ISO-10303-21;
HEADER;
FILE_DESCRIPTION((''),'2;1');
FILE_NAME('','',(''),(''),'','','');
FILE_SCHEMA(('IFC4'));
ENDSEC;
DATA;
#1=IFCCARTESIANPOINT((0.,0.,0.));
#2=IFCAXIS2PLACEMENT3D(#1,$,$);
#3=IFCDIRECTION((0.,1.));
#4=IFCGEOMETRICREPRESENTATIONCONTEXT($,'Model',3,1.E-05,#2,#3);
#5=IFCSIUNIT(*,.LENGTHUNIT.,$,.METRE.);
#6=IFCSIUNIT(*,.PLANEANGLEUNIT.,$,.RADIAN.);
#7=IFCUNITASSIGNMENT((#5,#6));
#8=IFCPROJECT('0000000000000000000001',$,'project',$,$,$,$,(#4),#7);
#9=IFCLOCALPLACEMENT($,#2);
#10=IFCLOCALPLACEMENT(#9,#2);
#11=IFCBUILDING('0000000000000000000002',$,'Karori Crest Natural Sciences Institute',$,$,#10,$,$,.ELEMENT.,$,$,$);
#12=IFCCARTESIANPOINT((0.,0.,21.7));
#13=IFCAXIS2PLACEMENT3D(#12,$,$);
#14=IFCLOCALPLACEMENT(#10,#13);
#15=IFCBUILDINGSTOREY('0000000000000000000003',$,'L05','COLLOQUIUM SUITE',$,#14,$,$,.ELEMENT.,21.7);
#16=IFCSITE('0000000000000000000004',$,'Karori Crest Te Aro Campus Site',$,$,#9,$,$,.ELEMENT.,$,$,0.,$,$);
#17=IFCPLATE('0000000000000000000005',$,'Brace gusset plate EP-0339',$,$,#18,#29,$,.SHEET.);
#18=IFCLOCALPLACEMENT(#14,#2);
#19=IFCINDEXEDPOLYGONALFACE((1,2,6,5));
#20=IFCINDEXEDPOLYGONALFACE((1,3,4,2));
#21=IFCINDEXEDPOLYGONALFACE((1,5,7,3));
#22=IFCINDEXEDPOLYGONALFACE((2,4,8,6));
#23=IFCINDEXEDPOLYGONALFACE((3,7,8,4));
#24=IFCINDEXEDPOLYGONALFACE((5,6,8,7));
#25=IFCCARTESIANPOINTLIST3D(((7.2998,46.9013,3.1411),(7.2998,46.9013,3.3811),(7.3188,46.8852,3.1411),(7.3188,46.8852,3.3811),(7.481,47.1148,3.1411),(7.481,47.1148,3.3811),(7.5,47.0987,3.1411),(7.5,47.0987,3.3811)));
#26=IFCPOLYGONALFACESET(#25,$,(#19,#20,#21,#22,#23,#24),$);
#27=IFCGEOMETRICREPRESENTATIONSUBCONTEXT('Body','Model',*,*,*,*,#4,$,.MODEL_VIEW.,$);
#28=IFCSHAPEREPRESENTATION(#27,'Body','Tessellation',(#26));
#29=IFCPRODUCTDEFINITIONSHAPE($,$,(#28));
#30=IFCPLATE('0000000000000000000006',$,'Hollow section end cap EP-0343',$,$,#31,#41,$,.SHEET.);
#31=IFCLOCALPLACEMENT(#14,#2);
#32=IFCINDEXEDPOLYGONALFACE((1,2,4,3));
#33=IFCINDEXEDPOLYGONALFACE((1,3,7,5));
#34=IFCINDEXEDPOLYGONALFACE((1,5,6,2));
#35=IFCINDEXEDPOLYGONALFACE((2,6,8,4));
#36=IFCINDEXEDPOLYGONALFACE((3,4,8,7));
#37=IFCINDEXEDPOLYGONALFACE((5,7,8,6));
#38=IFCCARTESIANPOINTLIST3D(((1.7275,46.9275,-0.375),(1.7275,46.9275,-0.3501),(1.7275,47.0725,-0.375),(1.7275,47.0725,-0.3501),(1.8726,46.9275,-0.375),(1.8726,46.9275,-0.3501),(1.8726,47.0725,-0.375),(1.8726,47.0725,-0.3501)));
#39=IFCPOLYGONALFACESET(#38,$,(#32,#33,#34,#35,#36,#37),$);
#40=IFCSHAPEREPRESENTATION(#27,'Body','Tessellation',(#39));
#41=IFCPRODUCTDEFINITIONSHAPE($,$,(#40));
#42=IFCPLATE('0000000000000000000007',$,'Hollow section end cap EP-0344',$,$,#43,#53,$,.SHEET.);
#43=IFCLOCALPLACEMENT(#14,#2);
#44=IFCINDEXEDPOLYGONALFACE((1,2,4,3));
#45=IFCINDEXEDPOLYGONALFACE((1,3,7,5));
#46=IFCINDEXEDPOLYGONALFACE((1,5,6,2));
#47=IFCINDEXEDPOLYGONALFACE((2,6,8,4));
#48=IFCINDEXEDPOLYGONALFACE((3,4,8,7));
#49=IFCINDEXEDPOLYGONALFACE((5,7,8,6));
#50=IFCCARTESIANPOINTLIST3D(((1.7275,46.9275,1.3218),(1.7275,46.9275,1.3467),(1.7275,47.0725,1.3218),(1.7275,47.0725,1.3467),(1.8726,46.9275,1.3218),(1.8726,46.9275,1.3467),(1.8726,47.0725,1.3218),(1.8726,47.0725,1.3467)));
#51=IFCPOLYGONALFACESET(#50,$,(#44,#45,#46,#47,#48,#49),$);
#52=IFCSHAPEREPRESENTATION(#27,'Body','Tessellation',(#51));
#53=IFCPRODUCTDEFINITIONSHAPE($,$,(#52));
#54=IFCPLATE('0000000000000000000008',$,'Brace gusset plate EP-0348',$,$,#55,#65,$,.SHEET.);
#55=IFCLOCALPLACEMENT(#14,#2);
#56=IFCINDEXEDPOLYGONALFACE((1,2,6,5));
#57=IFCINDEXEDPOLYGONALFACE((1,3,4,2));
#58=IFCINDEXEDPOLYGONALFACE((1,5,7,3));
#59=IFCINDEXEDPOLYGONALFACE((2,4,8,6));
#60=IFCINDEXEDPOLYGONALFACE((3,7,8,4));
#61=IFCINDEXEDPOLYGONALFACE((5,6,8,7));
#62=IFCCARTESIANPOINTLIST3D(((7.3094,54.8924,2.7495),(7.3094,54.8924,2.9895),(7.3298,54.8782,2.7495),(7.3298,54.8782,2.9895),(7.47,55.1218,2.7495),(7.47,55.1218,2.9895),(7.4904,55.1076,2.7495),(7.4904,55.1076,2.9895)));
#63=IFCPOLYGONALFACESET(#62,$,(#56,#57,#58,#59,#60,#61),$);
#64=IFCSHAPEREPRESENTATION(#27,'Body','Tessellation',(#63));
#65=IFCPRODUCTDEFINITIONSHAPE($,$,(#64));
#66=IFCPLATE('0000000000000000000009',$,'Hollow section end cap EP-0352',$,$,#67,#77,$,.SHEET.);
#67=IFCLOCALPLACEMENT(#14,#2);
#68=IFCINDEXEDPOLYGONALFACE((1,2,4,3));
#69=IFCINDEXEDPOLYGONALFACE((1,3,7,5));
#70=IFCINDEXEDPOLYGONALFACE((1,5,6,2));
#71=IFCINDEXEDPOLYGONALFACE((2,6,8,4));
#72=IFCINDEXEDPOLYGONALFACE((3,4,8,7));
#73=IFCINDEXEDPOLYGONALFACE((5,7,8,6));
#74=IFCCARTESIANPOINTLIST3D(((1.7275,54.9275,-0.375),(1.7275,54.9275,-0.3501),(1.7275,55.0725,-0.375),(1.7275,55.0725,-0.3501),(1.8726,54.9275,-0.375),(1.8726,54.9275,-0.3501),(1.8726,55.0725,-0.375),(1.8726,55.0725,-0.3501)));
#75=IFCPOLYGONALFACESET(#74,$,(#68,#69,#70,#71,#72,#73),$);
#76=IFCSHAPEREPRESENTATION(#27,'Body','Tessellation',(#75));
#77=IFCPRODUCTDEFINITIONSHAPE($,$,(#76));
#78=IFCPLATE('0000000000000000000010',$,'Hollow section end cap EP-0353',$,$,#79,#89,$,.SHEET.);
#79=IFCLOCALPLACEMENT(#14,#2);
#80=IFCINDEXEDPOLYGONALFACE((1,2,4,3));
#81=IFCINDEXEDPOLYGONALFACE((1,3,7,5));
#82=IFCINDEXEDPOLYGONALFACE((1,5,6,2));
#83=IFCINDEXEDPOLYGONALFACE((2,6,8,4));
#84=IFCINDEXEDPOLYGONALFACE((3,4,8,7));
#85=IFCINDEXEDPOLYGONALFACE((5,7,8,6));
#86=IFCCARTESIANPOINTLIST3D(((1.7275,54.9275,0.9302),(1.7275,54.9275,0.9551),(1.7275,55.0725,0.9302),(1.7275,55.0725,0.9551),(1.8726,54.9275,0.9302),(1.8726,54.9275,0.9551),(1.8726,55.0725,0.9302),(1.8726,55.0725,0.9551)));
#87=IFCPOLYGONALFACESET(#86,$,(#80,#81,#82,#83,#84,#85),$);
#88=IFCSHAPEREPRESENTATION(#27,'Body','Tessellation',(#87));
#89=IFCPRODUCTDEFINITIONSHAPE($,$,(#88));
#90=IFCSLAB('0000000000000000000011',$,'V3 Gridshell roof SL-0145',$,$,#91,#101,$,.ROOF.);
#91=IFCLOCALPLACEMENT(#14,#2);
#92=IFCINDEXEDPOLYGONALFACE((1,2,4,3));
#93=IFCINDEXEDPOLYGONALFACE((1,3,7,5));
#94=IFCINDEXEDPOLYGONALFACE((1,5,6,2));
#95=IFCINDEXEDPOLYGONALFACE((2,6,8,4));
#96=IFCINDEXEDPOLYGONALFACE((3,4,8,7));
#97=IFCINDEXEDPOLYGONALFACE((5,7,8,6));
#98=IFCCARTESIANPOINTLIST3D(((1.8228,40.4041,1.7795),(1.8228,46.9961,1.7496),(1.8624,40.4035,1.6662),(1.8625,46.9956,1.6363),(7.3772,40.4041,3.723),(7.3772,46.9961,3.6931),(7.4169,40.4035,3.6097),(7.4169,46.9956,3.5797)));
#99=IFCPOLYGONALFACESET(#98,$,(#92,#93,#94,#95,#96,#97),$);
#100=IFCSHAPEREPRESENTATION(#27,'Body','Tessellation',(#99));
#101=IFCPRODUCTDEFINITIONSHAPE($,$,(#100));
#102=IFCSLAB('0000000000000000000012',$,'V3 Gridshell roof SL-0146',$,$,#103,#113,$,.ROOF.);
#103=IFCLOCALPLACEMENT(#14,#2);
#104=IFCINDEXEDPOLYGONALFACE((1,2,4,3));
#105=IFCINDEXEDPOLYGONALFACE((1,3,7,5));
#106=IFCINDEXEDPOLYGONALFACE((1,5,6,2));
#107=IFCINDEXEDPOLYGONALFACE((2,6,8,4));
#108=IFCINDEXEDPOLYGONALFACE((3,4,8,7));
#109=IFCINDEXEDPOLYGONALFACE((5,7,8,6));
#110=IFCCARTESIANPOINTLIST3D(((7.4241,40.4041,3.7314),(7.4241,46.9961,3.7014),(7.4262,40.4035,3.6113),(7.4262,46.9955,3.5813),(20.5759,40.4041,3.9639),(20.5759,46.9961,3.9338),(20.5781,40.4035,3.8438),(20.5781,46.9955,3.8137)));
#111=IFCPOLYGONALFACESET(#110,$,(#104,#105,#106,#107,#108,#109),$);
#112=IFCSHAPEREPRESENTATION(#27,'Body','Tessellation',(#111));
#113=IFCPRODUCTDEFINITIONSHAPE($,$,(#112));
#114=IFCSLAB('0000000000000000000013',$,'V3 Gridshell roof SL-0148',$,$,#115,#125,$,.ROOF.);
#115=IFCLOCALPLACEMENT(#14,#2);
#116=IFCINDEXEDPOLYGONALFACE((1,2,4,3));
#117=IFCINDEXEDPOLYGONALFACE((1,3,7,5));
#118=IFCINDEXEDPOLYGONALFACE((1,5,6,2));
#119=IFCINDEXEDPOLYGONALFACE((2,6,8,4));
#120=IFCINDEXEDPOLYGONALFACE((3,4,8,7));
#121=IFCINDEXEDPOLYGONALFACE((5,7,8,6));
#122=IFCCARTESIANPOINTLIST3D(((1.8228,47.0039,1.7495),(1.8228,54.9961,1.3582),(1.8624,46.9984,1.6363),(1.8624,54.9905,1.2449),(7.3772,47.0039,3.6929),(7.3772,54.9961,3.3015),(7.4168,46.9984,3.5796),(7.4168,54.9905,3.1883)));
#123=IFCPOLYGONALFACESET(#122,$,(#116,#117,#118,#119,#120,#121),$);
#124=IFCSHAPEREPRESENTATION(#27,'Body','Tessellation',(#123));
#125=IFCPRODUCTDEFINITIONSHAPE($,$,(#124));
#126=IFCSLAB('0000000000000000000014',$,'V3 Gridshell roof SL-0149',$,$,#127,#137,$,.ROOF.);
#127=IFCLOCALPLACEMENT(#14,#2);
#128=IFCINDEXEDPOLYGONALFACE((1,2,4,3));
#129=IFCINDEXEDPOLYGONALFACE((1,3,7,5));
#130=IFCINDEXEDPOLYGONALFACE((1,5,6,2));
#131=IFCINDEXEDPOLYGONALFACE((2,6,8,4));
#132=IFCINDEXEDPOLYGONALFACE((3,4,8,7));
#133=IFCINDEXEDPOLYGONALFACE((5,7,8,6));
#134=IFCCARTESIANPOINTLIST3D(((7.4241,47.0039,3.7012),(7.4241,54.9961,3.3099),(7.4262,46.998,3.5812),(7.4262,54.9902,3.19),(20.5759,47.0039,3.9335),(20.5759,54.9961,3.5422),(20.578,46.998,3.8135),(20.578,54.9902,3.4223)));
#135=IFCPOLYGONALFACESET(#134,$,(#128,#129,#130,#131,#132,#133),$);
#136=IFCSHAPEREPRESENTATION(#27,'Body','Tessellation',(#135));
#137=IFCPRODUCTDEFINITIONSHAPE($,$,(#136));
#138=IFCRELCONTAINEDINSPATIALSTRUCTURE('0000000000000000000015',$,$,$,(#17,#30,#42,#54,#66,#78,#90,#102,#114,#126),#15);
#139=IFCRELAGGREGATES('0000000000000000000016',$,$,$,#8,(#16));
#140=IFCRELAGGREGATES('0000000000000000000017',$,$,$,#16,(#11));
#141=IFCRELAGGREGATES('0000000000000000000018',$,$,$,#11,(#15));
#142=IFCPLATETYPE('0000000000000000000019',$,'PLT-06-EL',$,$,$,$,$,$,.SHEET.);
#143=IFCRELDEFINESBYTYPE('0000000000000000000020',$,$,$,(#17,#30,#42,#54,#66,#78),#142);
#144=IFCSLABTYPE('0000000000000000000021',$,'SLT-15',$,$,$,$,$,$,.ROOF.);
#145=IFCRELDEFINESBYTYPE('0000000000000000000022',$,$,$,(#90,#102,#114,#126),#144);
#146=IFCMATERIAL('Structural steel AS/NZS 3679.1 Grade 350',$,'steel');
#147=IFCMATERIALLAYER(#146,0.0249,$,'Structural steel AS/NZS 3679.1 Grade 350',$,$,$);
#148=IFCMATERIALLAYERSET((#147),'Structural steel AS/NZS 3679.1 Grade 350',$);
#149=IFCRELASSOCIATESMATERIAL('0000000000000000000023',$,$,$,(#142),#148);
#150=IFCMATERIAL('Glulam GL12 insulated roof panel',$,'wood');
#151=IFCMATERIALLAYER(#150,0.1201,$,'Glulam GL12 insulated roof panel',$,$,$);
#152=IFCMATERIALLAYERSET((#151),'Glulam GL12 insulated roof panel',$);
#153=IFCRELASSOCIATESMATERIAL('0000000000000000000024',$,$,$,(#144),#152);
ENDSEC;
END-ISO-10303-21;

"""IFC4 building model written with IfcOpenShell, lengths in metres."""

from ifc_helpers import new_model, si_unit, direction, frame, origin, origin_2d, place, context, subcontext, project, spatial, polyline, rectangle, outline, extrude, material, layer, layer_set, type_object, element, save


model = new_model("IFC4")

# Units and contexts
model_context = context("Model", 3, precision=1e-05, world=origin(), true_north=direction((0.0, 1.0)))
body_context = subcontext(model_context, "Body", "Model", "MODEL_VIEW")
ifc_project = project(units=[si_unit("LENGTHUNIT", "METRE"), si_unit("PLANEANGLEUNIT", "RADIAN")], contexts=[model_context])

# Site, building, storey
site_placement = place(None, origin())
site = spatial("IfcSite", under=ifc_project, at=site_placement, Name="Karori Crest Te Aro Campus Site", CompositionType="ELEMENT", RefElevation=0.0)
building_placement = place(site_placement, origin())
building = spatial("IfcBuilding", under=site, at=building_placement, Name="Karori Crest Natural Sciences Institute", CompositionType="ELEMENT")
storey_placement = place(building_placement, frame((0.0, 0.0, 21.7)))
storey = spatial("IfcBuildingStorey", under=building, at=storey_placement, Name="L05", Description="COLLOQUIUM SUITE", CompositionType="ELEMENT", Elevation=21.7)

# Plates
ifc_material_1 = material(Name="Structural steel AS/NZS 3679.1 Grade 350", Category="steel")
ifc_layer_1 = layer(ifc_material_1, 0.0249, Name="Structural steel AS/NZS 3679.1 Grade 350")
ifc_layer_set_1 = layer_set([ifc_layer_1], Name="Structural steel AS/NZS 3679.1 Grade 350")
plate_type_1 = type_object("IfcPlateType", Name="PLT-06-EL", PredefinedType="SHEET", material=ifc_layer_set_1)
for number, where, z_axis, x_axis, name in (
    (1, (7.3999, 47.0, 3.1411), (0.0, 0.0, 1.0), (0.646977, 0.762509, 0.0), "Brace gusset plate EP-0339"),
):
    element("IfcPlate", number, at=place(storey_placement, frame(where, z_axis=z_axis, x_axis=x_axis)), inside=storey, type_object=plate_type_1, Name=name, PredefinedType="SHEET", context=body_context, shape_type="SweptSolid", body=[
        extrude(rectangle(XDim=0.28, YDim=0.0249, at=origin_2d()), origin(), (0.0, 0.0, 1.0), 0.24),
    ])
for number, where, z_axis, x_axis, name in (
    (2, (1.8, 47.0, -0.375), (0.0, 0.0, 1.0), (1.0, 0.0, 0.0), "Hollow section end cap EP-0343"),
    (3, (1.8, 47.0, 1.3218), (0.0, 0.0, 1.0), (1.0, 0.0, 0.0), "Hollow section end cap EP-0344"),
):
    element("IfcPlate", number, at=place(storey_placement, frame(where, z_axis=z_axis, x_axis=x_axis)), inside=storey, type_object=plate_type_1, Name=name, PredefinedType="SHEET", context=body_context, shape_type="SweptSolid", body=[
        extrude(rectangle(XDim=0.145, YDim=0.145, at=origin_2d()), origin(), (0.0, 0.0, 1.0), 0.0249),
    ])
plate_1_placement = place(storey_placement, frame((7.3999, 55.0, 2.7495), z_axis=(0.0, 0.0, 1.0), x_axis=(0.573462, 0.819232, 0.0)))
element("IfcPlate", 4, at=plate_1_placement, inside=storey, type_object=plate_type_1, Name="Brace gusset plate EP-0348", PredefinedType="SHEET", context=body_context, shape_type="SweptSolid", body=[
    extrude(rectangle(XDim=0.28, YDim=0.0249, at=origin_2d()), origin(), (0.0, 0.0, 1.0), 0.24),
])
for number, where, z_axis, x_axis, name in (
    (5, (1.8, 55.0, -0.375), (0.0, 0.0, 1.0), (1.0, 0.0, 0.0), "Hollow section end cap EP-0352"),
    (6, (1.8, 55.0, 0.9302), (0.0, 0.0, 1.0), (1.0, 0.0, 0.0), "Hollow section end cap EP-0353"),
):
    element("IfcPlate", number, at=place(storey_placement, frame(where, z_axis=z_axis, x_axis=x_axis)), inside=storey, type_object=plate_type_1, Name=name, PredefinedType="SHEET", context=body_context, shape_type="SweptSolid", body=[
        extrude(rectangle(XDim=0.145, YDim=0.145, at=origin_2d()), origin(), (0.0, 0.0, 1.0), 0.0249),
    ])

# Slabs
ifc_material_2 = material(Name="Glulam GL12 insulated roof panel", Category="wood")
ifc_layer_2 = layer(ifc_material_2, 0.1201, Name="Glulam GL12 insulated roof panel")
ifc_layer_set_2 = layer_set([ifc_layer_2], Name="Glulam GL12 insulated roof panel")
slab_type = type_object("IfcSlabType", Name="SLT-15", PredefinedType="ROOF", material=ifc_layer_set_2)
slab_1_placement = place(storey_placement, frame((1.8228, 40.4041, 1.7795), z_axis=(-0.330261, 0.004282, 0.94388), x_axis=(0.943889, 0.0, 0.330264)))
element("IfcSlab", 7, at=slab_1_placement, inside=storey, type_object=slab_type, Name="V3 Gridshell roof SL-0145", PredefinedType="ROOF", context=body_context, shape_type="SweptSolid", body=[
    extrude(outline(polyline([(0.0, 0.0), (5.8847, 0.0), (5.8748, 6.5921), (-0.0098, 6.5921), (0.0, 0.0)])), origin(), (0.0, 0.0, -1.0), 0.1201),
])
slab_2_placement = place(storey_placement, frame((7.4241, 40.4041, 3.7314), z_axis=(-0.017669, 0.004555, 0.999834), x_axis=(0.999844, 0.0, 0.017669)))
element("IfcSlab", 8, at=slab_2_placement, inside=storey, type_object=slab_type, Name="V3 Gridshell roof SL-0146", PredefinedType="ROOF", context=body_context, shape_type="SweptSolid", body=[
    extrude(outline(polyline([(0.0, 0.0), (13.1539, 0.0), (13.1534, 6.5921), (-0.0005, 6.5921), (0.0, 0.0)])), origin(), (0.0, 0.0, -1.0), 0.1201),
])
slab_3_placement = place(storey_placement, frame((1.8228, 47.0039, 1.7495), z_axis=(-0.329893, 0.046171, 0.942889), x_axis=(0.943895, 0.0, 0.330245)))
element("IfcSlab", 9, at=slab_3_placement, inside=storey, type_object=slab_type, Name="V3 Gridshell roof SL-0148", PredefinedType="ROOF", context=body_context, shape_type="SweptSolid", body=[
    extrude(outline(polyline([(0.0, 0.0), (5.8846, 0.0), (5.7554, 8.0007), (-0.1292, 8.0007), (0.0, 0.0)])), origin(), (0.0, 0.0, -1.0), 0.1201),
])
slab_4_placement = place(storey_placement, frame((7.4241, 47.0039, 3.7012), z_axis=(-0.017639, 0.048886, 0.998649), x_axis=(0.999844, 0.0, 0.01766)))
element("IfcSlab", 10, at=slab_4_placement, inside=storey, type_object=slab_type, Name="V3 Gridshell roof SL-0149", PredefinedType="ROOF", context=body_context, shape_type="SweptSolid", body=[
    extrude(outline(polyline([(0.0, 0.0), (13.1539, 0.0), (13.147, 8.0018), (-0.0069, 8.0017), (0.0, 0.0)])), origin(), (0.0, 0.0, -1.0), 0.1201),
])

save(model, "model.ifc")
